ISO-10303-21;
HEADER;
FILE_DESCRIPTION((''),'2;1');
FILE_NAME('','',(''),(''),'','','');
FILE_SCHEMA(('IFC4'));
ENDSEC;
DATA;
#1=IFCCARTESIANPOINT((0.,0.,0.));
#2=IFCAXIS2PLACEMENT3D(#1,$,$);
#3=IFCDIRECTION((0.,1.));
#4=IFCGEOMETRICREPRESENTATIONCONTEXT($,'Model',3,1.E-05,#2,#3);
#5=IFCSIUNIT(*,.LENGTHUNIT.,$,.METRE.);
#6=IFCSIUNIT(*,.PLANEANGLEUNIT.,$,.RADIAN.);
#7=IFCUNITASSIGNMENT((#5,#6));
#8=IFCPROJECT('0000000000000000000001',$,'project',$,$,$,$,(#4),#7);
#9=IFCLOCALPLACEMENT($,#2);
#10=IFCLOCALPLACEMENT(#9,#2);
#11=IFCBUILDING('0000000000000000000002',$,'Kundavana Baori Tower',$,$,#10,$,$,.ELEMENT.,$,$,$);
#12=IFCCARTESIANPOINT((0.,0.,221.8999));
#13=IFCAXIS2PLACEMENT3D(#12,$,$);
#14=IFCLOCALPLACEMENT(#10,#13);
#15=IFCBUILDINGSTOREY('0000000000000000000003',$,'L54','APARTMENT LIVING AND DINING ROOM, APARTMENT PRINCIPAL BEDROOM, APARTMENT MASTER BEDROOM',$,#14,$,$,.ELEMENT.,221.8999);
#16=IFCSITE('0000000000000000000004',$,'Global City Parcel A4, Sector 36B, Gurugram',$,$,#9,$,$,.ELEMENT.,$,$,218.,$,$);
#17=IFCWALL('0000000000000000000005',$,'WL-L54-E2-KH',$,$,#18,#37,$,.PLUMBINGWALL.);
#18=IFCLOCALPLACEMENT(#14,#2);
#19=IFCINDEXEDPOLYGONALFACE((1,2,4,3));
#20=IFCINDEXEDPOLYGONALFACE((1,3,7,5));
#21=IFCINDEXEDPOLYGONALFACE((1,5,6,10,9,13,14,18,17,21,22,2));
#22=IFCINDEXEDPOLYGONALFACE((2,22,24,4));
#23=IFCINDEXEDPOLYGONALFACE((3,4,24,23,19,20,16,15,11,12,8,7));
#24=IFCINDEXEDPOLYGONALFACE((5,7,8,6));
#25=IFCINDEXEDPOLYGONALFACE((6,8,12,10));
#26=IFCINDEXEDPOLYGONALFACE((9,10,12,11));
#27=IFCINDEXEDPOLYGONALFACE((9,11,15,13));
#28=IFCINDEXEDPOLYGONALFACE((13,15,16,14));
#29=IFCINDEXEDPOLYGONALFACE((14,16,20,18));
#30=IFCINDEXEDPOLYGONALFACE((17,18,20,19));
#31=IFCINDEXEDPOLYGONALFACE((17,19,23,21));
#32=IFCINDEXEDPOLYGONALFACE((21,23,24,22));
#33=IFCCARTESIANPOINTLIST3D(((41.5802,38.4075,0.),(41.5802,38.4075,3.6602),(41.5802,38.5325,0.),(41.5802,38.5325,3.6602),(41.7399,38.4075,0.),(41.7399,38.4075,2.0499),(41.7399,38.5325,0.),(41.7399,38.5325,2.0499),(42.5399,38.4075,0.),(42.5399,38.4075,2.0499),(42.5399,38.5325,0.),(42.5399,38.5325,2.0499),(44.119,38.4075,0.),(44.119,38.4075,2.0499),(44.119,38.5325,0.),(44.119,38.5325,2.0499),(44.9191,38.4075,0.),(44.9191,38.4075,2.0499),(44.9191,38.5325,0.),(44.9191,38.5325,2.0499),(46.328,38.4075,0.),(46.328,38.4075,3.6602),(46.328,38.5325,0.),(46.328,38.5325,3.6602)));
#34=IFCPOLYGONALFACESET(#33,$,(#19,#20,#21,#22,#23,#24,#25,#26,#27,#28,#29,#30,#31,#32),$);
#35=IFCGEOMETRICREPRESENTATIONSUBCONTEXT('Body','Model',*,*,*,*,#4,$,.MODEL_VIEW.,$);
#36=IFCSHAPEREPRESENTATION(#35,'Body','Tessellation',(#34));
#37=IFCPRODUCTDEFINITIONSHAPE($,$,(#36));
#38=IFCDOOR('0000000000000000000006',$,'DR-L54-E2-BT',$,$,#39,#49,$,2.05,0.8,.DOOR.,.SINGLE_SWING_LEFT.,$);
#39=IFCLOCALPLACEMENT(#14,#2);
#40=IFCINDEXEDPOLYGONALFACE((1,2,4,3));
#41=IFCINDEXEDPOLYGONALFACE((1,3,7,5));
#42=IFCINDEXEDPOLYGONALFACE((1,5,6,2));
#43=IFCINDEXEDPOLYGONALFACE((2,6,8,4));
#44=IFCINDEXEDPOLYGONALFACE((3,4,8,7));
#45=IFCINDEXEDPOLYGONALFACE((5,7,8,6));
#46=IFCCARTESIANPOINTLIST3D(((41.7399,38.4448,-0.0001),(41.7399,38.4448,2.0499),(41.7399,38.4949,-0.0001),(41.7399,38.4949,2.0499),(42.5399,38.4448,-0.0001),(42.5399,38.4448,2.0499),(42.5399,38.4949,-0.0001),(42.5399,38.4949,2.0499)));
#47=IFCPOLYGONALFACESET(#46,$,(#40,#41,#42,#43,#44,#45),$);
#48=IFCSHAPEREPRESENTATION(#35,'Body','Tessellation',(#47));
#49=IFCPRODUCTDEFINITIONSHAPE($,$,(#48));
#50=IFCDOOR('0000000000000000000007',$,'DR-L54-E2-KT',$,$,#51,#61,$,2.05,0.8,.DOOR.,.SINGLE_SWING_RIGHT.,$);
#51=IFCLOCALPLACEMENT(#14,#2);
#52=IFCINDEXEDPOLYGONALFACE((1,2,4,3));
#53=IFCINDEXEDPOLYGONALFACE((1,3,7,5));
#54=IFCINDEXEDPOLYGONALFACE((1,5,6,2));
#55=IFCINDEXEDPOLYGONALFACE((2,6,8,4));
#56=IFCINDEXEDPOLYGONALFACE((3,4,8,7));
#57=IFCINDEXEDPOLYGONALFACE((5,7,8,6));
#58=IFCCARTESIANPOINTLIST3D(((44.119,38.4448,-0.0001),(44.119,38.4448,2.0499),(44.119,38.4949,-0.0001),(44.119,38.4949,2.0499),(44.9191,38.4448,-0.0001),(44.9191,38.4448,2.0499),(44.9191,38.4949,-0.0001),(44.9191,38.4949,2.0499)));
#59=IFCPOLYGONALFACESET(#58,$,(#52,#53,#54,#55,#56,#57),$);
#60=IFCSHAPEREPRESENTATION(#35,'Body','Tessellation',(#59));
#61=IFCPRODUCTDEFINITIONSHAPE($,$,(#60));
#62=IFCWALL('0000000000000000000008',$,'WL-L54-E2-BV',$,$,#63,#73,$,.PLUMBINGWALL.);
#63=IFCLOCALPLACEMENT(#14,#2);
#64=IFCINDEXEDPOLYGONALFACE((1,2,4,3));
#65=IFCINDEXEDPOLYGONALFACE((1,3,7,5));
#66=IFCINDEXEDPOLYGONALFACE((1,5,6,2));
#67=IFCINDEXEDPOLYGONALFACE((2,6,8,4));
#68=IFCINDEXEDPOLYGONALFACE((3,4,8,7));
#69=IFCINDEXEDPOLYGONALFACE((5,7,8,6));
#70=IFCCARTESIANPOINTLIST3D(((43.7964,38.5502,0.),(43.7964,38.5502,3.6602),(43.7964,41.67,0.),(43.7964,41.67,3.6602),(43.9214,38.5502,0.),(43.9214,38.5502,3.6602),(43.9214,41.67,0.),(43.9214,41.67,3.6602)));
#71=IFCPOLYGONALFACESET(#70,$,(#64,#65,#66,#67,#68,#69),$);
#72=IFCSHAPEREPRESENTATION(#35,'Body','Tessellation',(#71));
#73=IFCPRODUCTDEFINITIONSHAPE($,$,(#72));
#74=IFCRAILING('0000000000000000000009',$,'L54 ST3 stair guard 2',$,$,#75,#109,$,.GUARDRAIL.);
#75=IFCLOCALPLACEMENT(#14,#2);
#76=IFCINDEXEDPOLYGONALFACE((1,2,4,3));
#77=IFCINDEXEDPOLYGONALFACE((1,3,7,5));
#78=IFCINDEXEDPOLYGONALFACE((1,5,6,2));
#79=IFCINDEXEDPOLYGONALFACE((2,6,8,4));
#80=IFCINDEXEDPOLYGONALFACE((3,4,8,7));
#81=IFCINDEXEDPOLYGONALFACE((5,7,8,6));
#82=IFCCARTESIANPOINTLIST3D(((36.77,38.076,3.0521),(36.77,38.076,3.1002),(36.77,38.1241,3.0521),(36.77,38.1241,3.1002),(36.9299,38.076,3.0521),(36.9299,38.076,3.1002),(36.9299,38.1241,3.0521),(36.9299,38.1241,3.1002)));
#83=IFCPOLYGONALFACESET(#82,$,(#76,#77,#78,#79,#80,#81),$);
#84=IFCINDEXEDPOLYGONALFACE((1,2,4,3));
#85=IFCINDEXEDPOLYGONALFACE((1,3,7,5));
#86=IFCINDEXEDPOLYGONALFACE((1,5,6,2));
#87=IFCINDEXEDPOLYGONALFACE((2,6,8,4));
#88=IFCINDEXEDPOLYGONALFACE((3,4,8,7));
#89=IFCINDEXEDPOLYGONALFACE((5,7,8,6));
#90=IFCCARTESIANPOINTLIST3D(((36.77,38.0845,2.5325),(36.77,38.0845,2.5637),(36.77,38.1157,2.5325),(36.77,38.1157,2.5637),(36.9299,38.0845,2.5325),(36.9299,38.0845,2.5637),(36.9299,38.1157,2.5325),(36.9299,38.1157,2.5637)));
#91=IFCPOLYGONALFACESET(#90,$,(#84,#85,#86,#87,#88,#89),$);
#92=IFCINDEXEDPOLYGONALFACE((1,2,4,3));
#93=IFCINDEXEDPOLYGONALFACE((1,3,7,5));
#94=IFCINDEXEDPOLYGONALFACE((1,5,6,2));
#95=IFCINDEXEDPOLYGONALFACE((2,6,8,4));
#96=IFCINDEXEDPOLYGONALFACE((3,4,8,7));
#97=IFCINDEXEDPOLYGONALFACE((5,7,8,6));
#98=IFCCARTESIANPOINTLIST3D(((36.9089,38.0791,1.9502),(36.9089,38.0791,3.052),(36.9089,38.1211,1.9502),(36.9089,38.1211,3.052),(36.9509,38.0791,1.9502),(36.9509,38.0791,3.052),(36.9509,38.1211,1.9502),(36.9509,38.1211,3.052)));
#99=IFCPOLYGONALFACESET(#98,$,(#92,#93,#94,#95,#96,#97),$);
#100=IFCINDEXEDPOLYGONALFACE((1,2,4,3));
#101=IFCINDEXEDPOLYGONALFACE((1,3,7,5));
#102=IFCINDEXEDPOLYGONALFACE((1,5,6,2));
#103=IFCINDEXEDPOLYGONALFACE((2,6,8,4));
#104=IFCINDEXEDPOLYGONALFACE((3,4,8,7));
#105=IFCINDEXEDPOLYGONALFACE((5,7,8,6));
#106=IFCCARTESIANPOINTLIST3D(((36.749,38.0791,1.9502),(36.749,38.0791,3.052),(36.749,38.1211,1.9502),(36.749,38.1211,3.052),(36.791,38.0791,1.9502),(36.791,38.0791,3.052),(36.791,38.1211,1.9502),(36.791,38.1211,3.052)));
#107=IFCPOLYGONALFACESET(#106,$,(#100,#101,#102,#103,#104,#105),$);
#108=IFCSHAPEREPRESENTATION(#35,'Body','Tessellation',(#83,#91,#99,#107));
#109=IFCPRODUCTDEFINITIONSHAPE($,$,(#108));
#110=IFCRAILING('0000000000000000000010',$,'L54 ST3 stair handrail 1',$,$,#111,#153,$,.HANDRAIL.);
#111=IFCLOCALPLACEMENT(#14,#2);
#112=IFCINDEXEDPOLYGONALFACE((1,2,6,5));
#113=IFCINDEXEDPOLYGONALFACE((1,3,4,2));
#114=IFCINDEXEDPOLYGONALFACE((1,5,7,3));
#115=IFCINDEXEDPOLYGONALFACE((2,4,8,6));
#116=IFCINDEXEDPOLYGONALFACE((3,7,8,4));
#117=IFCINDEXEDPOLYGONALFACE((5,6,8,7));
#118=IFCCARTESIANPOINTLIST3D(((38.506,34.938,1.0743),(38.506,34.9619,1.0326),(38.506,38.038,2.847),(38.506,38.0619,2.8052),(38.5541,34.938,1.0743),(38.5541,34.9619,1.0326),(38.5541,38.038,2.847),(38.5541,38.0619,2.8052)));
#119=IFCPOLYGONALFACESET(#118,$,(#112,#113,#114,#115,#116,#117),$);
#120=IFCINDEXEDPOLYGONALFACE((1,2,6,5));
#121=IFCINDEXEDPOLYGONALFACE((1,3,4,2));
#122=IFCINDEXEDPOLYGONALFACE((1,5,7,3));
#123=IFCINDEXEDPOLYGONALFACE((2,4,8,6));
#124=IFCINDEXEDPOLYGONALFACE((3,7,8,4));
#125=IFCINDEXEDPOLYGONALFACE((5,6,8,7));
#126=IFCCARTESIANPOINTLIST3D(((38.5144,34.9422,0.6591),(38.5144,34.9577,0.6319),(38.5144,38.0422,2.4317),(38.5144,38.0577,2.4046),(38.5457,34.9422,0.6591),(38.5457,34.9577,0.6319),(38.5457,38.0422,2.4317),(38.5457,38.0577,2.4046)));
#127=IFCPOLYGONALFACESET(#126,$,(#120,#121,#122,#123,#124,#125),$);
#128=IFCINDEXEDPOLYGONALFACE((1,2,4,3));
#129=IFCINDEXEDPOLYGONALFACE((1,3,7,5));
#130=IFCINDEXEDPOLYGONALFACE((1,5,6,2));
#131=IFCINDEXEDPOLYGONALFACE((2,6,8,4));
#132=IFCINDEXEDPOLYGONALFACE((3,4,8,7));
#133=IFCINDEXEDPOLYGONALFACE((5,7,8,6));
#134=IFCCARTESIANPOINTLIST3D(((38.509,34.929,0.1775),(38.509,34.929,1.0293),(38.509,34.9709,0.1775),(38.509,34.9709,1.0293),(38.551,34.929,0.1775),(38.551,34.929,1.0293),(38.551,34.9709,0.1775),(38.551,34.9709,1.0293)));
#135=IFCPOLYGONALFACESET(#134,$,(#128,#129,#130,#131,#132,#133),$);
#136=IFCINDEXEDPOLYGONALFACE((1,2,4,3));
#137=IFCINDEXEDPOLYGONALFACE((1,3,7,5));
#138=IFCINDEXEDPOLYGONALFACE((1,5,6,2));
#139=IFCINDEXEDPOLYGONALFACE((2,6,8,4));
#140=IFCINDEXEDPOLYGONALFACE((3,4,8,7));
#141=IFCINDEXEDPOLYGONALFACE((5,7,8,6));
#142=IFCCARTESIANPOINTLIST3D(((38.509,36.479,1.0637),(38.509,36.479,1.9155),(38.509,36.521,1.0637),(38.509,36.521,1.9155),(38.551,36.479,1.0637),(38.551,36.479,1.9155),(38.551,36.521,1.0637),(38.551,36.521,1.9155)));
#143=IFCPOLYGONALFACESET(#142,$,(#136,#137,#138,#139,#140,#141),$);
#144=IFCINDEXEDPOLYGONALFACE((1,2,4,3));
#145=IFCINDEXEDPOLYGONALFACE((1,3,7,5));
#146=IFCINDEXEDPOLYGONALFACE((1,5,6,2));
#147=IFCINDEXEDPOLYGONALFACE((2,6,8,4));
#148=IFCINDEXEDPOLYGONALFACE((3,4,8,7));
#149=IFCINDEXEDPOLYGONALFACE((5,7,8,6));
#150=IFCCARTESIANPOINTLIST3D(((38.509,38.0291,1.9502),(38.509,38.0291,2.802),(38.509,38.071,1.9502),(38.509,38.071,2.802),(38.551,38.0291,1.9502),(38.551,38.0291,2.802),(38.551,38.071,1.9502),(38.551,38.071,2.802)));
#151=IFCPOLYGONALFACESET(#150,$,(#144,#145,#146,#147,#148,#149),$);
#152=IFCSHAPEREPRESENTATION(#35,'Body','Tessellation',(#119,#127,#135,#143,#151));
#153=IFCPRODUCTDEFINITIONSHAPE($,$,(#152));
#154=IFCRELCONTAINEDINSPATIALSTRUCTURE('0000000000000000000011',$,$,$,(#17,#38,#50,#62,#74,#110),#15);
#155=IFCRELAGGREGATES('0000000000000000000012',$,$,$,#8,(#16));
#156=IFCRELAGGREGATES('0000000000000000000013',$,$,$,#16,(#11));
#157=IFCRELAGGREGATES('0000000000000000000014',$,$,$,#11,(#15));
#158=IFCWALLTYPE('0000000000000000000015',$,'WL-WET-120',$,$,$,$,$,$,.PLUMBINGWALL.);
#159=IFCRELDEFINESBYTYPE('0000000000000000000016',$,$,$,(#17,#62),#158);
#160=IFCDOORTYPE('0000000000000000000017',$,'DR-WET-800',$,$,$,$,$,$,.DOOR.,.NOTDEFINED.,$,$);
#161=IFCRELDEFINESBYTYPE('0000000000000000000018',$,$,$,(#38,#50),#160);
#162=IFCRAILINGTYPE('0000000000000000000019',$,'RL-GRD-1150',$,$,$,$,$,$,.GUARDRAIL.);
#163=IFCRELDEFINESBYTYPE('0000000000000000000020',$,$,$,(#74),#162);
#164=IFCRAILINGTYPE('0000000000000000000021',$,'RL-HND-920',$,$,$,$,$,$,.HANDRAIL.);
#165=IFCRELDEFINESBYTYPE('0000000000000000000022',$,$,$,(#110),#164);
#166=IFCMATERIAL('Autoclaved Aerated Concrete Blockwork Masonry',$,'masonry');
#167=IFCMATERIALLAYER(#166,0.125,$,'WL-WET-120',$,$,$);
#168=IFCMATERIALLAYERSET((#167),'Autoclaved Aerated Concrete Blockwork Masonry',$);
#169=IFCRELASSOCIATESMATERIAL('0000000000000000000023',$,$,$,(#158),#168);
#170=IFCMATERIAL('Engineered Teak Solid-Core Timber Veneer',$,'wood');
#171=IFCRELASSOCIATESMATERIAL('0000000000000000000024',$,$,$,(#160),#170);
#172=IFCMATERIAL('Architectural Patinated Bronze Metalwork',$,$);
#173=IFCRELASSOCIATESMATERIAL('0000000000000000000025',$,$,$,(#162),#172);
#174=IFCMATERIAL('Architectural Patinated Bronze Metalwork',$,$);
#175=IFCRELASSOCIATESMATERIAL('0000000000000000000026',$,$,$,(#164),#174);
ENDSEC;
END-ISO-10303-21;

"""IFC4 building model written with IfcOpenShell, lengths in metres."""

from ifc_helpers import new_model, si_unit, direction, frame, frame_2d, origin, origin_2d, place, context, subcontext, project, spatial, rectangle, extrude, material, layer, layer_set, type_object, element, fill, save


model = new_model("IFC4")

# Units and contexts
model_context = context("Model", 3, precision=1e-05, world=origin(), true_north=direction((0.0, 1.0)))
body_context = subcontext(model_context, "Body", "Model", "MODEL_VIEW")
ifc_project = project(units=[si_unit("LENGTHUNIT", "METRE"), si_unit("PLANEANGLEUNIT", "RADIAN")], contexts=[model_context])

# Site, building, storey
site_placement = place(None, origin())
site = spatial("IfcSite", under=ifc_project, at=site_placement, Name="Global City Parcel A4, Sector 36B, Gurugram", CompositionType="ELEMENT", RefElevation=218.0)
building_placement = place(site_placement, origin())
building = spatial("IfcBuilding", under=site, at=building_placement, Name="Kundavana Baori Tower", CompositionType="ELEMENT")
storey_placement = place(building_placement, frame((0.0, 0.0, 221.8999)))
storey = spatial("IfcBuildingStorey", under=building, at=storey_placement, Name="L54", Description="APARTMENT LIVING AND DINING ROOM, APARTMENT PRINCIPAL BEDROOM, APARTMENT MASTER BEDROOM", CompositionType="ELEMENT", Elevation=221.8999)

# Wall, openings, doors
ifc_material_1 = material(Name="Autoclaved Aerated Concrete Blockwork Masonry", Category="masonry")
ifc_layer_1 = layer(ifc_material_1, 0.125, Name="WL-WET-120")
ifc_layer_set_1 = layer_set([ifc_layer_1], Name="Autoclaved Aerated Concrete Blockwork Masonry")
wall_type_1 = type_object("IfcWallType", Name="WL-WET-120", PredefinedType="PLUMBINGWALL", material=ifc_layer_set_1)
wall_1_placement = place(storey_placement, frame((41.5801, 38.47, 0.0), z_axis=(0.0, 0.0, 1.0), x_axis=(1.0, 0.0, 0.0)))
wall_1 = element("IfcWall", 1, at=wall_1_placement, inside=storey, type_object=wall_type_1, Name="WL-L54-E2-KH", PredefinedType="PLUMBINGWALL", context=body_context, shape_type="SweptSolid", body=[
    extrude(rectangle(XDim=4.7478, YDim=0.125, at=frame_2d((2.374, 0.0))), origin(), (0.0, 0.0, 1.0), 3.6602),
])
opening_1_placement = place(wall_1_placement, frame((0.1599, 0.0, 0.0)))
opening_1 = element("IfcOpeningElement", 2, at=opening_1_placement, cuts=wall_1, PredefinedType="OPENING", context=body_context, shape_type="SweptSolid", body=[
    extrude(rectangle(XDim=0.8, YDim=2.05, at=frame_2d((0.3999, 1.0249))), frame((0.0, 0.0725, 0.0), z_axis=(0.0, -1.0, 0.0), x_axis=(1.0, 0.0, 0.0)), (0.0, 0.0, 1.0), 0.145),
])
opening_2_placement = place(wall_1_placement, frame((2.5391, 0.0, 0.0)))
opening_2 = element("IfcOpeningElement", 3, at=opening_2_placement, cuts=wall_1, PredefinedType="OPENING", context=body_context, shape_type="SweptSolid", body=[
    extrude(rectangle(XDim=0.8, YDim=2.05, at=frame_2d((0.3999, 1.0249))), frame((0.0, 0.0725, 0.0), z_axis=(0.0, -1.0, 0.0), x_axis=(1.0, 0.0, 0.0)), (0.0, 0.0, 1.0), 0.145),
])
ifc_material_2 = material(Name="Engineered Teak Solid-Core Timber Veneer", Category="wood")
door_type_1 = type_object("IfcDoorType", Name="DR-WET-800", OperationType="NOTDEFINED", PredefinedType="DOOR", material=ifc_material_2)
door_1_placement = place(opening_1_placement, origin())
door_1 = element("IfcDoor", 4, at=door_1_placement, inside=storey, type_object=door_type_1, Name="DR-L54-E2-BT", OperationType="SINGLE_SWING_LEFT", OverallHeight=2.05, OverallWidth=0.8, PredefinedType="DOOR", context=body_context, shape_type="SweptSolid", body=[
    extrude(rectangle(XDim=0.8, YDim=2.05, at=frame_2d((0.3999, 1.0249))), frame((0.0, 0.0249, 0.0), z_axis=(0.0, -1.0, 0.0), x_axis=(1.0, 0.0, 0.0)), (0.0, 0.0, 1.0), 0.05),
])
fill(opening_1, door_1)
door_2_placement = place(opening_2_placement, origin())
door_2 = element("IfcDoor", 5, at=door_2_placement, inside=storey, type_object=door_type_1, Name="DR-L54-E2-KT", OperationType="SINGLE_SWING_RIGHT", OverallHeight=2.05, OverallWidth=0.8, PredefinedType="DOOR", context=body_context, shape_type="SweptSolid", body=[
    extrude(rectangle(XDim=0.8, YDim=2.05, at=frame_2d((0.3999, 1.0249))), frame((0.0, 0.0249, 0.0), z_axis=(0.0, -1.0, 0.0), x_axis=(1.0, 0.0, 0.0)), (0.0, 0.0, 1.0), 0.05),
])
fill(opening_2, door_2)

# Wall
wall_2_placement = place(storey_placement, frame((43.8589, 38.55, 0.0), z_axis=(0.0, 0.0, 1.0), x_axis=(0.0, 1.0, 0.0)))
element("IfcWall", 6, at=wall_2_placement, inside=storey, type_object=wall_type_1, Name="WL-L54-E2-BV", PredefinedType="PLUMBINGWALL", context=body_context, shape_type="SweptSolid", body=[
    extrude(rectangle(XDim=3.1199, YDim=0.125, at=frame_2d((1.5601, 0.0))), origin(), (0.0, 0.0, 1.0), 3.6602),
])

# Railings
ifc_material_3 = material(Name="Architectural Patinated Bronze Metalwork")
railing_type_1 = type_object("IfcRailingType", Name="RL-GRD-1150", PredefinedType="GUARDRAIL", material=ifc_material_3)
railing_1_placement = place(storey_placement, frame((36.9299, 38.1001, 1.9502)))
element("IfcRailing", 7, at=railing_1_placement, inside=storey, type_object=railing_type_1, Name="L54 ST3 stair guard 2", PredefinedType="GUARDRAIL", context=body_context, shape_type="SweptSolid", body=[
    extrude(rectangle(XDim=0.0481, YDim=0.0481, at=origin_2d()), frame((0.0, 0.0, 1.126), z_axis=(-1.0, 0.0, 0.0), x_axis=(0.0, -1.0, 0.0)), (0.0, 0.0, 1.0), 0.1599),
    extrude(rectangle(XDim=0.0312, YDim=0.0312, at=origin_2d()), frame((0.0, 0.0, 0.5979), z_axis=(-1.0, 0.0, 0.0), x_axis=(0.0, -1.0, 0.0)), (0.0, 0.0, 1.0), 0.1599),
    extrude(rectangle(XDim=0.042, YDim=0.042, at=origin_2d()), origin(), (0.0, 0.0, 1.0), 1.1018),
    extrude(rectangle(XDim=0.042, YDim=0.042, at=origin_2d()), frame((-0.1599, 0.0, 0.0)), (0.0, 0.0, 1.0), 1.1018),
])
ifc_material_4 = material(Name="Architectural Patinated Bronze Metalwork")
railing_type_2 = type_object("IfcRailingType", Name="RL-HND-920", PredefinedType="HANDRAIL", material=ifc_material_4)
railing_2_placement = place(storey_placement, frame((38.53, 34.95, 0.1775)))
element("IfcRailing", 8, at=railing_2_placement, inside=storey, type_object=railing_type_2, Name="L54 ST3 stair handrail 1", PredefinedType="HANDRAIL", context=body_context, shape_type="SweptSolid", body=[
    extrude(rectangle(XDim=0.0481, YDim=0.0481, at=origin_2d()), frame((0.0, 0.0, 0.876), z_axis=(0.0, 0.868096, 0.496397), x_axis=(-1.0, 0.0, 0.0)), (0.0, 0.0, 1.0), 3.571),
    extrude(rectangle(XDim=0.0312, YDim=0.0312, at=origin_2d()), frame((0.0, 0.0, 0.468), z_axis=(0.0, 0.868096, 0.496397), x_axis=(-1.0, 0.0, 0.0)), (0.0, 0.0, 1.0), 3.571),
    extrude(rectangle(XDim=0.042, YDim=0.042, at=origin_2d()), origin(), (0.0, 0.0, 1.0), 0.8518),
    extrude(rectangle(XDim=0.042, YDim=0.042, at=origin_2d()), frame((0.0, 1.55, 0.8862)), (0.0, 0.0, 1.0), 0.8518),
    extrude(rectangle(XDim=0.042, YDim=0.042, at=origin_2d()), frame((0.0, 3.1001, 1.7727)), (0.0, 0.0, 1.0), 0.8518),
])

save(model, "model.ifc")
